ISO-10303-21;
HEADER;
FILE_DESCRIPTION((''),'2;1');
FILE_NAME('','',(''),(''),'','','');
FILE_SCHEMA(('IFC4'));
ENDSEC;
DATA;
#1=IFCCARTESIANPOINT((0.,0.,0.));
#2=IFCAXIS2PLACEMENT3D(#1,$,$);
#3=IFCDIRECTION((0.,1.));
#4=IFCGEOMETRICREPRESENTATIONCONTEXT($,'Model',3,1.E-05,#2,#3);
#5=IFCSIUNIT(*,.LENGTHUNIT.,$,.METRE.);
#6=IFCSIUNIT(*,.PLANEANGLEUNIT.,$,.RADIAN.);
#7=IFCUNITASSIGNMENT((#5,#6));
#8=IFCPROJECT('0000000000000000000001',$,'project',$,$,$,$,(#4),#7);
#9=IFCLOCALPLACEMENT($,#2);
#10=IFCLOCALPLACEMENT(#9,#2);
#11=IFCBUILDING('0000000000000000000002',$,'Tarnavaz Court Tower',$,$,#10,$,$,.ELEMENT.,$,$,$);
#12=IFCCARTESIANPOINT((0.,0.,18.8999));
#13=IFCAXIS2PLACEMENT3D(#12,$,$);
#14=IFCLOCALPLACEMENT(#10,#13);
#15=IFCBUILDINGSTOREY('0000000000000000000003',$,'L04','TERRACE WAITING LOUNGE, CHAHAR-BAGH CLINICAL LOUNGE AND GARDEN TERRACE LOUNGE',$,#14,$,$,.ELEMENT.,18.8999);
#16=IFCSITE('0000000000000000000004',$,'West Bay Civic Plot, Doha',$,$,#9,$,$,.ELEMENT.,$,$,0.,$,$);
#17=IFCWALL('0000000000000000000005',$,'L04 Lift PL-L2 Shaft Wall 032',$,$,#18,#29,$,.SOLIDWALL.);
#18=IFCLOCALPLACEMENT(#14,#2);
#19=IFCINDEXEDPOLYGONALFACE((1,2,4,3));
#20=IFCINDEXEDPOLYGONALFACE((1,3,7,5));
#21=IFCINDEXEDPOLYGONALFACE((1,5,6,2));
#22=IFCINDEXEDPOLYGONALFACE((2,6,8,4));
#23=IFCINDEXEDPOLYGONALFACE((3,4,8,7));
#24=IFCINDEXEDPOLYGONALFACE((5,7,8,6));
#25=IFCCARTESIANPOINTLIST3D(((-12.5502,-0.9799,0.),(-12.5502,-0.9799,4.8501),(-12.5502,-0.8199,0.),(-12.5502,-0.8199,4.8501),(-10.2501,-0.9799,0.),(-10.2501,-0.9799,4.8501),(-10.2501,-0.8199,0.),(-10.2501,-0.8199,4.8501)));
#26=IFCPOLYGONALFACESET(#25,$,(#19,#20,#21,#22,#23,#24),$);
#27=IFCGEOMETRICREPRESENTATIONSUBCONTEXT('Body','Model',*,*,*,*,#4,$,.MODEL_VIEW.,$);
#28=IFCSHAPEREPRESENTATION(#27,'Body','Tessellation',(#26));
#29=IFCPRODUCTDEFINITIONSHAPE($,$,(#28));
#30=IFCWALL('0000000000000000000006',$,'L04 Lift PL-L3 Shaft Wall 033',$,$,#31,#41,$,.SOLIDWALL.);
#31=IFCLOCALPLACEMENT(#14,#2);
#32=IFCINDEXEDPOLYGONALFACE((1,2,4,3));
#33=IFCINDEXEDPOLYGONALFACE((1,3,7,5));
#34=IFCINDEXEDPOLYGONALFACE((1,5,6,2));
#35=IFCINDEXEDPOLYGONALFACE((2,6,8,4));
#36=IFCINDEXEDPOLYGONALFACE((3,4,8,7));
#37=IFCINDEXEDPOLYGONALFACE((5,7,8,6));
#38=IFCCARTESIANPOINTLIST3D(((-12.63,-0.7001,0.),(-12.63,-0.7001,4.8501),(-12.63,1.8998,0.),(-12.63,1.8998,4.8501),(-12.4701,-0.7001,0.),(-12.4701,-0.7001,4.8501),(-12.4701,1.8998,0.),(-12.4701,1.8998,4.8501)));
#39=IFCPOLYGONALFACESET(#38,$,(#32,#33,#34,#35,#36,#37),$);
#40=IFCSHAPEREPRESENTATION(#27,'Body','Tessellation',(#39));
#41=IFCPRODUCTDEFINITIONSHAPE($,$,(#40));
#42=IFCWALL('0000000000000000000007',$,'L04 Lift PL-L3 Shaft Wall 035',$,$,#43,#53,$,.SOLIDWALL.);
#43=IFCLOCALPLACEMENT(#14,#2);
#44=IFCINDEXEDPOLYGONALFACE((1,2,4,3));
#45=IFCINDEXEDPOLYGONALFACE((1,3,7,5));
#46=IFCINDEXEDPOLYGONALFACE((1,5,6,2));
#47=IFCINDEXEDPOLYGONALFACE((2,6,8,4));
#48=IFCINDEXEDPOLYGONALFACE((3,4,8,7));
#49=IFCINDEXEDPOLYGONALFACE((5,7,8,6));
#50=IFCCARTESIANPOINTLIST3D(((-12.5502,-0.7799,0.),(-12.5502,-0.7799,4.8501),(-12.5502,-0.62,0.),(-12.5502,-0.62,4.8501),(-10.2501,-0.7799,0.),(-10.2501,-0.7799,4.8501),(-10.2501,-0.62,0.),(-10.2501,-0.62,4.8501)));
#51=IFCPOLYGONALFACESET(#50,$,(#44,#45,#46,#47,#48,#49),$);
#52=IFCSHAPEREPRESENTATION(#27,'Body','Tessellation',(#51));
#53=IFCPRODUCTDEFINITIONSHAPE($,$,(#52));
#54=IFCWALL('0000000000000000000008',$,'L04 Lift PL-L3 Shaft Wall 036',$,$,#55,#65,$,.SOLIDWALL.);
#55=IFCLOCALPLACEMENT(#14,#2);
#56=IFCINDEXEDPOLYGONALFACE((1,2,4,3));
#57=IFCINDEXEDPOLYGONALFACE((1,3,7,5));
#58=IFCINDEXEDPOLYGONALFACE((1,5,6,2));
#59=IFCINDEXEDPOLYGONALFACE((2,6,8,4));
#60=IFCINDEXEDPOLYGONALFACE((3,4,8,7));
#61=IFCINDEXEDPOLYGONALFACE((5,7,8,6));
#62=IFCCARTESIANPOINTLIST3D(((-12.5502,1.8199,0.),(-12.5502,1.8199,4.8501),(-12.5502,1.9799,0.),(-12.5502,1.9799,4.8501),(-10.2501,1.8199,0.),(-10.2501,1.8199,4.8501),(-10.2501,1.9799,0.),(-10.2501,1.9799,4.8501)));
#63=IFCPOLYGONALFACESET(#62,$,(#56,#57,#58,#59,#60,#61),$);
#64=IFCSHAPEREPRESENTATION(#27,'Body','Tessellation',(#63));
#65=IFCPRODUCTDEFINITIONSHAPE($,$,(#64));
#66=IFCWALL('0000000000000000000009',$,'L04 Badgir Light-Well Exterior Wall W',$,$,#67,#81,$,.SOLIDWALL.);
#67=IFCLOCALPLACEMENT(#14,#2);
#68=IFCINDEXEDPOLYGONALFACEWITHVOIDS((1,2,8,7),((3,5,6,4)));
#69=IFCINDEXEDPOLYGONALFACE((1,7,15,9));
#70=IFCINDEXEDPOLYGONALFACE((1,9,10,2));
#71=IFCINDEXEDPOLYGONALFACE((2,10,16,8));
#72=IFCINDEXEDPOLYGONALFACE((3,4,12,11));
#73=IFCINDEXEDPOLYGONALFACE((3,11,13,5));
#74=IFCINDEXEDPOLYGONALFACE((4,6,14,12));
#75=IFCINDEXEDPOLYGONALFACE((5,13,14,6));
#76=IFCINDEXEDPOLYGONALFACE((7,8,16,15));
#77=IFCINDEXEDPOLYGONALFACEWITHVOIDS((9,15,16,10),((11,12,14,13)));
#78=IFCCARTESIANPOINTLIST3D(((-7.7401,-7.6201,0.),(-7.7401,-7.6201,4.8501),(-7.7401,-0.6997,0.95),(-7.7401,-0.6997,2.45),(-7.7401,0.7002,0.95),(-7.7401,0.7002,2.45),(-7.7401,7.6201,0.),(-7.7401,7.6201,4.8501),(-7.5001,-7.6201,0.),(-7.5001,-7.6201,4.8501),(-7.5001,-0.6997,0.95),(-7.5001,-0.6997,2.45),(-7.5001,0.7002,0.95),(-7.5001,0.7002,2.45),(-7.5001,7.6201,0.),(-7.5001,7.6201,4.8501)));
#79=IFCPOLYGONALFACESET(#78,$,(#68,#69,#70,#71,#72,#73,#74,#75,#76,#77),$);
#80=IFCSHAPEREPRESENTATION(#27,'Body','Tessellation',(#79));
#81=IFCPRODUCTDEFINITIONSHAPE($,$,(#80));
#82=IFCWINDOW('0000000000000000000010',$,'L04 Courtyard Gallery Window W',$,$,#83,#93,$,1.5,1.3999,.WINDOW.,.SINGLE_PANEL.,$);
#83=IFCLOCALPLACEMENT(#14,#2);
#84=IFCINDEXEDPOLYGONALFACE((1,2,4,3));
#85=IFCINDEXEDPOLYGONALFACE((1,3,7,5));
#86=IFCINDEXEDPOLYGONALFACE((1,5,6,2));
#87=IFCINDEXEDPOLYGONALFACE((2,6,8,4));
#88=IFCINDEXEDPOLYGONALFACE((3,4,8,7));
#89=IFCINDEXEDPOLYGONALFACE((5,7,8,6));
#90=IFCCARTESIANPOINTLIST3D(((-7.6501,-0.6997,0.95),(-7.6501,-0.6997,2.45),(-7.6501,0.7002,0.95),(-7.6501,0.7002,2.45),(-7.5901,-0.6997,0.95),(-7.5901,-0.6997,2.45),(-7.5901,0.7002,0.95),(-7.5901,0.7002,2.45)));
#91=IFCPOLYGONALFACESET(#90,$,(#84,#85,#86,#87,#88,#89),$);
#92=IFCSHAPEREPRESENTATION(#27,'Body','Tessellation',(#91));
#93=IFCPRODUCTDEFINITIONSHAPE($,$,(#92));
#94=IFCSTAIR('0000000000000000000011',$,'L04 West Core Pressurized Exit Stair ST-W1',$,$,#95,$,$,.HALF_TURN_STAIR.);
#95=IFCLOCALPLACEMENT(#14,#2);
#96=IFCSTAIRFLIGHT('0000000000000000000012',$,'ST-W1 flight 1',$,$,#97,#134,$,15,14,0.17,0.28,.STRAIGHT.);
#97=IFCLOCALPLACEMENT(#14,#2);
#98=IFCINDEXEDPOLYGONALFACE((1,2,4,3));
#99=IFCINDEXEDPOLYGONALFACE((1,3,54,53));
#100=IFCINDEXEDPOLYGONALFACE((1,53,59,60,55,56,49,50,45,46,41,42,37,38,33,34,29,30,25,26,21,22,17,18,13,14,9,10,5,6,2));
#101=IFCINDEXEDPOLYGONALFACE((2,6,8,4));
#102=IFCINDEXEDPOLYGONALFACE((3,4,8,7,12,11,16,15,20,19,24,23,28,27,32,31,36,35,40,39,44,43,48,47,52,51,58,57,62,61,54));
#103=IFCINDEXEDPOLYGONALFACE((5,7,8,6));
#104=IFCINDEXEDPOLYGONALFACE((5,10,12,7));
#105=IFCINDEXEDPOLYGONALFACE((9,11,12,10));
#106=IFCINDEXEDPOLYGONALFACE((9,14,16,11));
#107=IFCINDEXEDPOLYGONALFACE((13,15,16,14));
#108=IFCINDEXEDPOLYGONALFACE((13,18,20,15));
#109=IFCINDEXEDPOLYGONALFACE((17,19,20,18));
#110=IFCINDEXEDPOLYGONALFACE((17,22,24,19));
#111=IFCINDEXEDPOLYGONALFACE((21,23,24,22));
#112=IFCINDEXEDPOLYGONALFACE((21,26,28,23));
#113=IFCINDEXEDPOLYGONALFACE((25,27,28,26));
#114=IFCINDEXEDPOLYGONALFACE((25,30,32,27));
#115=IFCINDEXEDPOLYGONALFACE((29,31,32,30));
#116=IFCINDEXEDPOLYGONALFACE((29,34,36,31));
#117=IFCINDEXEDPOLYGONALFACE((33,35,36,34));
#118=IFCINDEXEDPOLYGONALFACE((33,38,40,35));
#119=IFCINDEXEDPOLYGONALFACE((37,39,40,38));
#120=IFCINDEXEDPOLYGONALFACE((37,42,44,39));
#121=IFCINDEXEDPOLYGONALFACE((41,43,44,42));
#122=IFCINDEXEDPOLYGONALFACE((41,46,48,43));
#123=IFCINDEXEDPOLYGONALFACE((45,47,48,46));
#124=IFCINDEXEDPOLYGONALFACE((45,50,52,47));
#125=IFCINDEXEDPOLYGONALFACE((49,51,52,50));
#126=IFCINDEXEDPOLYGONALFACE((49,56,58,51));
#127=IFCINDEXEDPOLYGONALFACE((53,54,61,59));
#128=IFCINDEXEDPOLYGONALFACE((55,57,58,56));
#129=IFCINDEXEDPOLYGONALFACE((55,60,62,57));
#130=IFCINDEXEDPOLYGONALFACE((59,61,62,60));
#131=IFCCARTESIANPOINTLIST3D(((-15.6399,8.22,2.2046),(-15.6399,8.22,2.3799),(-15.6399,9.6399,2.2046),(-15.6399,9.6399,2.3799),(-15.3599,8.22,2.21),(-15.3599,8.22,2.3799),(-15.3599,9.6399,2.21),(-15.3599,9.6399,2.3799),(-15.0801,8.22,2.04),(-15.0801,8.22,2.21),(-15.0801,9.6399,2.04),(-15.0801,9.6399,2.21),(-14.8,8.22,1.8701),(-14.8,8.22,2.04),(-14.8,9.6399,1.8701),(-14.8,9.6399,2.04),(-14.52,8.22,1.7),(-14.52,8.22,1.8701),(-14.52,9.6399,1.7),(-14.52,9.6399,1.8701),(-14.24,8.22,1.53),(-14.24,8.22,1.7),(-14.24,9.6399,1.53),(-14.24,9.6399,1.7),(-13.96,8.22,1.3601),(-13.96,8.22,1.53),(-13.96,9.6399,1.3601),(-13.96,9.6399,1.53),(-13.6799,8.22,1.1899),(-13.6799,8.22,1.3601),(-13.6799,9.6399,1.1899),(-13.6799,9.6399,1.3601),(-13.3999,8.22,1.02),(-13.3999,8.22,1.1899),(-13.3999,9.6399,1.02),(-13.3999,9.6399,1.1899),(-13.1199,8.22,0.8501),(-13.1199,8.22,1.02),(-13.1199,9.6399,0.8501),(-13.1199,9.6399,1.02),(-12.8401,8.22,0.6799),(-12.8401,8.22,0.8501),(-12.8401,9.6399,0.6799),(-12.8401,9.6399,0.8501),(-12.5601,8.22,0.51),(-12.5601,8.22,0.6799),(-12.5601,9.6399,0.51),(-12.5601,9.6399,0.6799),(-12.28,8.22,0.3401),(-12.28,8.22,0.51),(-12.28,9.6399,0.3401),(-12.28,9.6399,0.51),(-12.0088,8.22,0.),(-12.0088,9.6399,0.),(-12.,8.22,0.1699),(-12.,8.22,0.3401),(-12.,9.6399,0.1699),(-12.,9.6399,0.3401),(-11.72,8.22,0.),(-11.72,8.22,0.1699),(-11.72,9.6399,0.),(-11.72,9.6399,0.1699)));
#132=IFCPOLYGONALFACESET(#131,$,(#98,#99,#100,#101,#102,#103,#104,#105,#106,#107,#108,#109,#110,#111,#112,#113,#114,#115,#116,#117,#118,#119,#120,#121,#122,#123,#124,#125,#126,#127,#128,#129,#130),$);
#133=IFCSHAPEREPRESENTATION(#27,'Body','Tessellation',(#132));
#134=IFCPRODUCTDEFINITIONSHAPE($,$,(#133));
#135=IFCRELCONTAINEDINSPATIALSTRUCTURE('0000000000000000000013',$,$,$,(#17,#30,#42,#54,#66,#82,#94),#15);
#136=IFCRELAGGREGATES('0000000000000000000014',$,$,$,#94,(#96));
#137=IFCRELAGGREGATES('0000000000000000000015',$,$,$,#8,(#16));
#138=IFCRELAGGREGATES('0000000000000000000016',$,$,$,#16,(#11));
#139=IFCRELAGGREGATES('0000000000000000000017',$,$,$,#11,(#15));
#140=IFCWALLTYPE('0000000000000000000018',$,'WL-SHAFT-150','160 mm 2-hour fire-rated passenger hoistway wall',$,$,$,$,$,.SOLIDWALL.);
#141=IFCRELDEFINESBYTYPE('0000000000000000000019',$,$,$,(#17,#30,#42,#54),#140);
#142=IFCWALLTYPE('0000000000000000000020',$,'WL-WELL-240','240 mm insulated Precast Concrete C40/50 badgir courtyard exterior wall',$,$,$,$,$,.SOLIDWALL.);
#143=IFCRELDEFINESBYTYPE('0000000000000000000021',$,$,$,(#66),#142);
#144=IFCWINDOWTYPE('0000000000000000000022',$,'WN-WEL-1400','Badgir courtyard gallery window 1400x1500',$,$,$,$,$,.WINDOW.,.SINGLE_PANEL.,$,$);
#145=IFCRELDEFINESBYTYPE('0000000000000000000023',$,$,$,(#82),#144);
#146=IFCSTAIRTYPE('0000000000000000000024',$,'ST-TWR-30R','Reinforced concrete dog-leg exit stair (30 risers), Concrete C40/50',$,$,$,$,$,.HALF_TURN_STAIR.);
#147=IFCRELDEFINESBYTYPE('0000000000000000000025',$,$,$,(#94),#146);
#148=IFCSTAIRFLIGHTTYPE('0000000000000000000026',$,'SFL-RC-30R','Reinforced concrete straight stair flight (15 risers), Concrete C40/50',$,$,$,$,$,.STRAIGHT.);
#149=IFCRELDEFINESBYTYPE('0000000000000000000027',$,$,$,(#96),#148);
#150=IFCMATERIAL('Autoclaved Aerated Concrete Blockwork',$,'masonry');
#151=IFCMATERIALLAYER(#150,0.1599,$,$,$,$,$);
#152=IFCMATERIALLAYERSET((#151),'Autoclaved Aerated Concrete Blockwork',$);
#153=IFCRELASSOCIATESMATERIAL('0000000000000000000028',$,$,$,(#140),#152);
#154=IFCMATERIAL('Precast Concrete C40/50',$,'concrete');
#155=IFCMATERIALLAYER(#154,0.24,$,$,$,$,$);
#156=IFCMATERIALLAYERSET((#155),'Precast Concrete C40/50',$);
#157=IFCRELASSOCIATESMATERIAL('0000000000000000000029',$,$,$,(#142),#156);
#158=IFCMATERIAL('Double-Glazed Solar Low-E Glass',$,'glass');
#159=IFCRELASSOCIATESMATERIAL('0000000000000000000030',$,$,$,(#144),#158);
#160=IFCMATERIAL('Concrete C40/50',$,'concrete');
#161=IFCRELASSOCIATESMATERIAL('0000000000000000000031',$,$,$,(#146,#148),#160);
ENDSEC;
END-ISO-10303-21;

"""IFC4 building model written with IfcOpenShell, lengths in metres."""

from ifc_helpers import new_model, si_unit, direction, frame, frame_2d, origin, place, context, subcontext, project, spatial, polyline, rectangle, outline, extrude, material, layer, layer_set, type_object, element, fill, aggregate, save


model = new_model("IFC4")

# Units and contexts
model_context = context("Model", 3, precision=1e-05, world=origin(), true_north=direction((0.0, 1.0)))
body_context = subcontext(model_context, "Body", "Model", "MODEL_VIEW")
ifc_project = project(units=[si_unit("LENGTHUNIT", "METRE"), si_unit("PLANEANGLEUNIT", "RADIAN")], contexts=[model_context])

# Site, building, storey
site_placement = place(None, origin())
site = spatial("IfcSite", under=ifc_project, at=site_placement, Name="West Bay Civic Plot, Doha", CompositionType="ELEMENT", RefElevation=0.0)
building_placement = place(site_placement, origin())
building = spatial("IfcBuilding", under=site, at=building_placement, Name="Tarnavaz Court Tower", CompositionType="ELEMENT")
storey_placement = place(building_placement, frame((0.0, 0.0, 18.8999)))
storey = spatial("IfcBuildingStorey", under=building, at=storey_placement, Name="L04", Description="TERRACE WAITING LOUNGE, CHAHAR-BAGH CLINICAL LOUNGE AND GARDEN TERRACE LOUNGE", CompositionType="ELEMENT", Elevation=18.8999)

# Shared definitions
ifc_material_1 = material(Name="Concrete C40/50", Category="concrete")

# Shared definitions
ifc_material_2 = material(Name="Autoclaved Aerated Concrete Blockwork", Category="masonry")

# Walls
ifc_layer_1 = layer(ifc_material_2, 0.1599)
ifc_layer_set_1 = layer_set([ifc_layer_1], Name="Autoclaved Aerated Concrete Blockwork")
wall_type_1 = type_object("IfcWallType", Name="WL-SHAFT-150", Description="160 mm 2-hour fire-rated passenger hoistway wall", PredefinedType="SOLIDWALL", material=ifc_layer_set_1)
wall_1_placement = place(storey_placement, frame((-12.55, -0.8999, 0.0), z_axis=(0.0, 0.0, 1.0), x_axis=(1.0, 0.0, 0.0)))
element("IfcWall", 1, at=wall_1_placement, inside=storey, type_object=wall_type_1, Name="L04 Lift PL-L2 Shaft Wall 032", PredefinedType="SOLIDWALL", context=body_context, shape_type="SweptSolid", body=[
    extrude(rectangle(XDim=2.3, YDim=0.1599, at=frame_2d((1.1499, 0.0))), origin(), (0.0, 0.0, 1.0), 4.8501),
])
wall_2_placement = place(storey_placement, frame((-12.55, -0.7, 0.0), z_axis=(0.0, 0.0, 1.0), x_axis=(0.0, 1.0, 0.0)))
element("IfcWall", 2, at=wall_2_placement, inside=storey, type_object=wall_type_1, Name="L04 Lift PL-L3 Shaft Wall 033", PredefinedType="SOLIDWALL", context=body_context, shape_type="SweptSolid", body=[
    extrude(rectangle(XDim=2.5999, YDim=0.1599, at=frame_2d((1.2998, 0.0))), origin(), (0.0, 0.0, 1.0), 4.8501),
])

# Walls
for number, where, z_axis, x_axis, name in (
    (3, (-12.55, -0.7, 0.0), (0.0, 0.0, 1.0), (1.0, 0.0, 0.0), "L04 Lift PL-L3 Shaft Wall 035"),
    (4, (-12.55, 1.8999, 0.0), (0.0, 0.0, 1.0), (1.0, 0.0, 0.0), "L04 Lift PL-L3 Shaft Wall 036"),
):
    element("IfcWall", number, at=place(storey_placement, frame(where, z_axis=z_axis, x_axis=x_axis)), inside=storey, type_object=wall_type_1, Name=name, PredefinedType="SOLIDWALL", context=body_context, shape_type="SweptSolid", body=[
        extrude(rectangle(XDim=2.3, YDim=0.1599, at=frame_2d((1.1499, 0.0))), origin(), (0.0, 0.0, 1.0), 4.8501),
    ])

# Wall, opening, window
ifc_material_3 = material(Name="Precast Concrete C40/50", Category="concrete")
ifc_layer_2 = layer(ifc_material_3, 0.24)
ifc_layer_set_2 = layer_set([ifc_layer_2], Name="Precast Concrete C40/50")
wall_type_2 = type_object("IfcWallType", Name="WL-WELL-240", Description="240 mm insulated Precast Concrete C40/50 badgir courtyard exterior wall", PredefinedType="SOLIDWALL", material=ifc_layer_set_2)
wall_3_placement = place(storey_placement, frame((-7.6201, 7.6201, 0.0), z_axis=(0.0, 0.0, 1.0), x_axis=(0.0, -1.0, 0.0)))
wall_3 = element("IfcWall", 5, at=wall_3_placement, inside=storey, type_object=wall_type_2, Name="L04 Badgir Light-Well Exterior Wall W", PredefinedType="SOLIDWALL", context=body_context, shape_type="SweptSolid", body=[
    extrude(rectangle(XDim=15.2402, YDim=0.24, at=frame_2d((7.6201, 0.0))), origin(), (0.0, 0.0, 1.0), 4.8501),
])
opening_1_placement = place(wall_3_placement, frame((6.9199, 0.0, 0.95)))
opening_1 = element("IfcOpeningElement", 6, at=opening_1_placement, cuts=wall_3, PredefinedType="OPENING", context=body_context, shape_type="SweptSolid", body=[
    extrude(rectangle(XDim=1.3999, YDim=1.5, at=frame_2d((0.7, 0.75))), frame((0.0, 0.1299, 0.0), z_axis=(0.0, -1.0, 0.0), x_axis=(1.0, 0.0, 0.0)), (0.0, 0.0, 1.0), 0.26),
])
ifc_material_4 = material(Name="Double-Glazed Solar Low-E Glass", Category="glass")
window_type = type_object("IfcWindowType", Name="WN-WEL-1400", Description="Badgir courtyard gallery window 1400x1500", PartitioningType="SINGLE_PANEL", PredefinedType="WINDOW", material=ifc_material_4)
window_placement = place(opening_1_placement, origin())
window = element("IfcWindow", 7, at=window_placement, inside=storey, type_object=window_type, Name="L04 Courtyard Gallery Window W", OverallHeight=1.5, OverallWidth=1.3999, PartitioningType="SINGLE_PANEL", PredefinedType="WINDOW", context=body_context, shape_type="SweptSolid", body=[
    extrude(rectangle(XDim=1.3999, YDim=1.5, at=frame_2d((0.7, 0.75))), frame((0.0, 0.03, 0.0), z_axis=(0.0, -1.0, 0.0), x_axis=(1.0, 0.0, 0.0)), (0.0, 0.0, 1.0), 0.0601),
])
fill(opening_1, window)

# Stair, stair flight
stair_type = type_object("IfcStairType", Name="ST-TWR-30R", Description="Reinforced concrete dog-leg exit stair (30 risers), Concrete C40/50", PredefinedType="HALF_TURN_STAIR", material=ifc_material_1)
stair_placement = place(storey_placement, origin())
stair = element("IfcStair", 8, at=stair_placement, inside=storey, type_object=stair_type, Name="L04 West Core Pressurized Exit Stair ST-W1", PredefinedType="HALF_TURN_STAIR")
stair_flight_type = type_object("IfcStairFlightType", Name="SFL-RC-30R", Description="Reinforced concrete straight stair flight (15 risers), Concrete C40/50", PredefinedType="STRAIGHT", material=ifc_material_1)
stair_flight_placement = place(storey_placement, frame((-11.72, 8.9299, 0.0), z_axis=(0.0, 0.0, 1.0), x_axis=(-1.0, 0.0, 0.0)))
stair_flight = element("IfcStairFlight", 9, at=stair_flight_placement, type_object=stair_flight_type, Name="ST-W1 flight 1", NumberOfRisers=15, NumberOfTreads=14, PredefinedType="STRAIGHT", RiserHeight=0.17, TreadLength=0.28, context=body_context, shape_type="SweptSolid", body=[
    extrude(outline(polyline([(0.0, 0.0), (0.0, 0.1699), (0.28, 0.1699), (0.28, 0.3401), (0.5601, 0.3401), (0.5601, 0.51), (0.8401, 0.51), (0.8401, 0.6799), (1.1201, 0.6799), (1.1201, 0.8501), (1.3999, 0.8501), (1.3999, 1.02), (1.6799, 1.02), (1.6799, 1.1899), (1.96, 1.1899), (1.96, 1.3601), (2.24, 1.3601), (2.24, 1.53), (2.52, 1.53), (2.52, 1.7), (2.8, 1.7), (2.8, 1.8701), (3.0801, 1.8701), (3.0801, 2.04), (3.3601, 2.04), (3.3601, 2.21), (3.6399, 2.21), (3.6399, 2.3799), (3.9199, 2.3799), (3.9199, 2.55), (3.9199, 2.2046), (0.2888, 0.0), (0.0, 0.0)])), frame((0.0, 0.71, 0.0), z_axis=(0.0, -1.0, 0.0), x_axis=(1.0, 0.0, 0.0)), (0.0, 0.0, 1.0), 1.4199),
])
aggregate(stair, [stair_flight])

save(model, "model.ifc")
